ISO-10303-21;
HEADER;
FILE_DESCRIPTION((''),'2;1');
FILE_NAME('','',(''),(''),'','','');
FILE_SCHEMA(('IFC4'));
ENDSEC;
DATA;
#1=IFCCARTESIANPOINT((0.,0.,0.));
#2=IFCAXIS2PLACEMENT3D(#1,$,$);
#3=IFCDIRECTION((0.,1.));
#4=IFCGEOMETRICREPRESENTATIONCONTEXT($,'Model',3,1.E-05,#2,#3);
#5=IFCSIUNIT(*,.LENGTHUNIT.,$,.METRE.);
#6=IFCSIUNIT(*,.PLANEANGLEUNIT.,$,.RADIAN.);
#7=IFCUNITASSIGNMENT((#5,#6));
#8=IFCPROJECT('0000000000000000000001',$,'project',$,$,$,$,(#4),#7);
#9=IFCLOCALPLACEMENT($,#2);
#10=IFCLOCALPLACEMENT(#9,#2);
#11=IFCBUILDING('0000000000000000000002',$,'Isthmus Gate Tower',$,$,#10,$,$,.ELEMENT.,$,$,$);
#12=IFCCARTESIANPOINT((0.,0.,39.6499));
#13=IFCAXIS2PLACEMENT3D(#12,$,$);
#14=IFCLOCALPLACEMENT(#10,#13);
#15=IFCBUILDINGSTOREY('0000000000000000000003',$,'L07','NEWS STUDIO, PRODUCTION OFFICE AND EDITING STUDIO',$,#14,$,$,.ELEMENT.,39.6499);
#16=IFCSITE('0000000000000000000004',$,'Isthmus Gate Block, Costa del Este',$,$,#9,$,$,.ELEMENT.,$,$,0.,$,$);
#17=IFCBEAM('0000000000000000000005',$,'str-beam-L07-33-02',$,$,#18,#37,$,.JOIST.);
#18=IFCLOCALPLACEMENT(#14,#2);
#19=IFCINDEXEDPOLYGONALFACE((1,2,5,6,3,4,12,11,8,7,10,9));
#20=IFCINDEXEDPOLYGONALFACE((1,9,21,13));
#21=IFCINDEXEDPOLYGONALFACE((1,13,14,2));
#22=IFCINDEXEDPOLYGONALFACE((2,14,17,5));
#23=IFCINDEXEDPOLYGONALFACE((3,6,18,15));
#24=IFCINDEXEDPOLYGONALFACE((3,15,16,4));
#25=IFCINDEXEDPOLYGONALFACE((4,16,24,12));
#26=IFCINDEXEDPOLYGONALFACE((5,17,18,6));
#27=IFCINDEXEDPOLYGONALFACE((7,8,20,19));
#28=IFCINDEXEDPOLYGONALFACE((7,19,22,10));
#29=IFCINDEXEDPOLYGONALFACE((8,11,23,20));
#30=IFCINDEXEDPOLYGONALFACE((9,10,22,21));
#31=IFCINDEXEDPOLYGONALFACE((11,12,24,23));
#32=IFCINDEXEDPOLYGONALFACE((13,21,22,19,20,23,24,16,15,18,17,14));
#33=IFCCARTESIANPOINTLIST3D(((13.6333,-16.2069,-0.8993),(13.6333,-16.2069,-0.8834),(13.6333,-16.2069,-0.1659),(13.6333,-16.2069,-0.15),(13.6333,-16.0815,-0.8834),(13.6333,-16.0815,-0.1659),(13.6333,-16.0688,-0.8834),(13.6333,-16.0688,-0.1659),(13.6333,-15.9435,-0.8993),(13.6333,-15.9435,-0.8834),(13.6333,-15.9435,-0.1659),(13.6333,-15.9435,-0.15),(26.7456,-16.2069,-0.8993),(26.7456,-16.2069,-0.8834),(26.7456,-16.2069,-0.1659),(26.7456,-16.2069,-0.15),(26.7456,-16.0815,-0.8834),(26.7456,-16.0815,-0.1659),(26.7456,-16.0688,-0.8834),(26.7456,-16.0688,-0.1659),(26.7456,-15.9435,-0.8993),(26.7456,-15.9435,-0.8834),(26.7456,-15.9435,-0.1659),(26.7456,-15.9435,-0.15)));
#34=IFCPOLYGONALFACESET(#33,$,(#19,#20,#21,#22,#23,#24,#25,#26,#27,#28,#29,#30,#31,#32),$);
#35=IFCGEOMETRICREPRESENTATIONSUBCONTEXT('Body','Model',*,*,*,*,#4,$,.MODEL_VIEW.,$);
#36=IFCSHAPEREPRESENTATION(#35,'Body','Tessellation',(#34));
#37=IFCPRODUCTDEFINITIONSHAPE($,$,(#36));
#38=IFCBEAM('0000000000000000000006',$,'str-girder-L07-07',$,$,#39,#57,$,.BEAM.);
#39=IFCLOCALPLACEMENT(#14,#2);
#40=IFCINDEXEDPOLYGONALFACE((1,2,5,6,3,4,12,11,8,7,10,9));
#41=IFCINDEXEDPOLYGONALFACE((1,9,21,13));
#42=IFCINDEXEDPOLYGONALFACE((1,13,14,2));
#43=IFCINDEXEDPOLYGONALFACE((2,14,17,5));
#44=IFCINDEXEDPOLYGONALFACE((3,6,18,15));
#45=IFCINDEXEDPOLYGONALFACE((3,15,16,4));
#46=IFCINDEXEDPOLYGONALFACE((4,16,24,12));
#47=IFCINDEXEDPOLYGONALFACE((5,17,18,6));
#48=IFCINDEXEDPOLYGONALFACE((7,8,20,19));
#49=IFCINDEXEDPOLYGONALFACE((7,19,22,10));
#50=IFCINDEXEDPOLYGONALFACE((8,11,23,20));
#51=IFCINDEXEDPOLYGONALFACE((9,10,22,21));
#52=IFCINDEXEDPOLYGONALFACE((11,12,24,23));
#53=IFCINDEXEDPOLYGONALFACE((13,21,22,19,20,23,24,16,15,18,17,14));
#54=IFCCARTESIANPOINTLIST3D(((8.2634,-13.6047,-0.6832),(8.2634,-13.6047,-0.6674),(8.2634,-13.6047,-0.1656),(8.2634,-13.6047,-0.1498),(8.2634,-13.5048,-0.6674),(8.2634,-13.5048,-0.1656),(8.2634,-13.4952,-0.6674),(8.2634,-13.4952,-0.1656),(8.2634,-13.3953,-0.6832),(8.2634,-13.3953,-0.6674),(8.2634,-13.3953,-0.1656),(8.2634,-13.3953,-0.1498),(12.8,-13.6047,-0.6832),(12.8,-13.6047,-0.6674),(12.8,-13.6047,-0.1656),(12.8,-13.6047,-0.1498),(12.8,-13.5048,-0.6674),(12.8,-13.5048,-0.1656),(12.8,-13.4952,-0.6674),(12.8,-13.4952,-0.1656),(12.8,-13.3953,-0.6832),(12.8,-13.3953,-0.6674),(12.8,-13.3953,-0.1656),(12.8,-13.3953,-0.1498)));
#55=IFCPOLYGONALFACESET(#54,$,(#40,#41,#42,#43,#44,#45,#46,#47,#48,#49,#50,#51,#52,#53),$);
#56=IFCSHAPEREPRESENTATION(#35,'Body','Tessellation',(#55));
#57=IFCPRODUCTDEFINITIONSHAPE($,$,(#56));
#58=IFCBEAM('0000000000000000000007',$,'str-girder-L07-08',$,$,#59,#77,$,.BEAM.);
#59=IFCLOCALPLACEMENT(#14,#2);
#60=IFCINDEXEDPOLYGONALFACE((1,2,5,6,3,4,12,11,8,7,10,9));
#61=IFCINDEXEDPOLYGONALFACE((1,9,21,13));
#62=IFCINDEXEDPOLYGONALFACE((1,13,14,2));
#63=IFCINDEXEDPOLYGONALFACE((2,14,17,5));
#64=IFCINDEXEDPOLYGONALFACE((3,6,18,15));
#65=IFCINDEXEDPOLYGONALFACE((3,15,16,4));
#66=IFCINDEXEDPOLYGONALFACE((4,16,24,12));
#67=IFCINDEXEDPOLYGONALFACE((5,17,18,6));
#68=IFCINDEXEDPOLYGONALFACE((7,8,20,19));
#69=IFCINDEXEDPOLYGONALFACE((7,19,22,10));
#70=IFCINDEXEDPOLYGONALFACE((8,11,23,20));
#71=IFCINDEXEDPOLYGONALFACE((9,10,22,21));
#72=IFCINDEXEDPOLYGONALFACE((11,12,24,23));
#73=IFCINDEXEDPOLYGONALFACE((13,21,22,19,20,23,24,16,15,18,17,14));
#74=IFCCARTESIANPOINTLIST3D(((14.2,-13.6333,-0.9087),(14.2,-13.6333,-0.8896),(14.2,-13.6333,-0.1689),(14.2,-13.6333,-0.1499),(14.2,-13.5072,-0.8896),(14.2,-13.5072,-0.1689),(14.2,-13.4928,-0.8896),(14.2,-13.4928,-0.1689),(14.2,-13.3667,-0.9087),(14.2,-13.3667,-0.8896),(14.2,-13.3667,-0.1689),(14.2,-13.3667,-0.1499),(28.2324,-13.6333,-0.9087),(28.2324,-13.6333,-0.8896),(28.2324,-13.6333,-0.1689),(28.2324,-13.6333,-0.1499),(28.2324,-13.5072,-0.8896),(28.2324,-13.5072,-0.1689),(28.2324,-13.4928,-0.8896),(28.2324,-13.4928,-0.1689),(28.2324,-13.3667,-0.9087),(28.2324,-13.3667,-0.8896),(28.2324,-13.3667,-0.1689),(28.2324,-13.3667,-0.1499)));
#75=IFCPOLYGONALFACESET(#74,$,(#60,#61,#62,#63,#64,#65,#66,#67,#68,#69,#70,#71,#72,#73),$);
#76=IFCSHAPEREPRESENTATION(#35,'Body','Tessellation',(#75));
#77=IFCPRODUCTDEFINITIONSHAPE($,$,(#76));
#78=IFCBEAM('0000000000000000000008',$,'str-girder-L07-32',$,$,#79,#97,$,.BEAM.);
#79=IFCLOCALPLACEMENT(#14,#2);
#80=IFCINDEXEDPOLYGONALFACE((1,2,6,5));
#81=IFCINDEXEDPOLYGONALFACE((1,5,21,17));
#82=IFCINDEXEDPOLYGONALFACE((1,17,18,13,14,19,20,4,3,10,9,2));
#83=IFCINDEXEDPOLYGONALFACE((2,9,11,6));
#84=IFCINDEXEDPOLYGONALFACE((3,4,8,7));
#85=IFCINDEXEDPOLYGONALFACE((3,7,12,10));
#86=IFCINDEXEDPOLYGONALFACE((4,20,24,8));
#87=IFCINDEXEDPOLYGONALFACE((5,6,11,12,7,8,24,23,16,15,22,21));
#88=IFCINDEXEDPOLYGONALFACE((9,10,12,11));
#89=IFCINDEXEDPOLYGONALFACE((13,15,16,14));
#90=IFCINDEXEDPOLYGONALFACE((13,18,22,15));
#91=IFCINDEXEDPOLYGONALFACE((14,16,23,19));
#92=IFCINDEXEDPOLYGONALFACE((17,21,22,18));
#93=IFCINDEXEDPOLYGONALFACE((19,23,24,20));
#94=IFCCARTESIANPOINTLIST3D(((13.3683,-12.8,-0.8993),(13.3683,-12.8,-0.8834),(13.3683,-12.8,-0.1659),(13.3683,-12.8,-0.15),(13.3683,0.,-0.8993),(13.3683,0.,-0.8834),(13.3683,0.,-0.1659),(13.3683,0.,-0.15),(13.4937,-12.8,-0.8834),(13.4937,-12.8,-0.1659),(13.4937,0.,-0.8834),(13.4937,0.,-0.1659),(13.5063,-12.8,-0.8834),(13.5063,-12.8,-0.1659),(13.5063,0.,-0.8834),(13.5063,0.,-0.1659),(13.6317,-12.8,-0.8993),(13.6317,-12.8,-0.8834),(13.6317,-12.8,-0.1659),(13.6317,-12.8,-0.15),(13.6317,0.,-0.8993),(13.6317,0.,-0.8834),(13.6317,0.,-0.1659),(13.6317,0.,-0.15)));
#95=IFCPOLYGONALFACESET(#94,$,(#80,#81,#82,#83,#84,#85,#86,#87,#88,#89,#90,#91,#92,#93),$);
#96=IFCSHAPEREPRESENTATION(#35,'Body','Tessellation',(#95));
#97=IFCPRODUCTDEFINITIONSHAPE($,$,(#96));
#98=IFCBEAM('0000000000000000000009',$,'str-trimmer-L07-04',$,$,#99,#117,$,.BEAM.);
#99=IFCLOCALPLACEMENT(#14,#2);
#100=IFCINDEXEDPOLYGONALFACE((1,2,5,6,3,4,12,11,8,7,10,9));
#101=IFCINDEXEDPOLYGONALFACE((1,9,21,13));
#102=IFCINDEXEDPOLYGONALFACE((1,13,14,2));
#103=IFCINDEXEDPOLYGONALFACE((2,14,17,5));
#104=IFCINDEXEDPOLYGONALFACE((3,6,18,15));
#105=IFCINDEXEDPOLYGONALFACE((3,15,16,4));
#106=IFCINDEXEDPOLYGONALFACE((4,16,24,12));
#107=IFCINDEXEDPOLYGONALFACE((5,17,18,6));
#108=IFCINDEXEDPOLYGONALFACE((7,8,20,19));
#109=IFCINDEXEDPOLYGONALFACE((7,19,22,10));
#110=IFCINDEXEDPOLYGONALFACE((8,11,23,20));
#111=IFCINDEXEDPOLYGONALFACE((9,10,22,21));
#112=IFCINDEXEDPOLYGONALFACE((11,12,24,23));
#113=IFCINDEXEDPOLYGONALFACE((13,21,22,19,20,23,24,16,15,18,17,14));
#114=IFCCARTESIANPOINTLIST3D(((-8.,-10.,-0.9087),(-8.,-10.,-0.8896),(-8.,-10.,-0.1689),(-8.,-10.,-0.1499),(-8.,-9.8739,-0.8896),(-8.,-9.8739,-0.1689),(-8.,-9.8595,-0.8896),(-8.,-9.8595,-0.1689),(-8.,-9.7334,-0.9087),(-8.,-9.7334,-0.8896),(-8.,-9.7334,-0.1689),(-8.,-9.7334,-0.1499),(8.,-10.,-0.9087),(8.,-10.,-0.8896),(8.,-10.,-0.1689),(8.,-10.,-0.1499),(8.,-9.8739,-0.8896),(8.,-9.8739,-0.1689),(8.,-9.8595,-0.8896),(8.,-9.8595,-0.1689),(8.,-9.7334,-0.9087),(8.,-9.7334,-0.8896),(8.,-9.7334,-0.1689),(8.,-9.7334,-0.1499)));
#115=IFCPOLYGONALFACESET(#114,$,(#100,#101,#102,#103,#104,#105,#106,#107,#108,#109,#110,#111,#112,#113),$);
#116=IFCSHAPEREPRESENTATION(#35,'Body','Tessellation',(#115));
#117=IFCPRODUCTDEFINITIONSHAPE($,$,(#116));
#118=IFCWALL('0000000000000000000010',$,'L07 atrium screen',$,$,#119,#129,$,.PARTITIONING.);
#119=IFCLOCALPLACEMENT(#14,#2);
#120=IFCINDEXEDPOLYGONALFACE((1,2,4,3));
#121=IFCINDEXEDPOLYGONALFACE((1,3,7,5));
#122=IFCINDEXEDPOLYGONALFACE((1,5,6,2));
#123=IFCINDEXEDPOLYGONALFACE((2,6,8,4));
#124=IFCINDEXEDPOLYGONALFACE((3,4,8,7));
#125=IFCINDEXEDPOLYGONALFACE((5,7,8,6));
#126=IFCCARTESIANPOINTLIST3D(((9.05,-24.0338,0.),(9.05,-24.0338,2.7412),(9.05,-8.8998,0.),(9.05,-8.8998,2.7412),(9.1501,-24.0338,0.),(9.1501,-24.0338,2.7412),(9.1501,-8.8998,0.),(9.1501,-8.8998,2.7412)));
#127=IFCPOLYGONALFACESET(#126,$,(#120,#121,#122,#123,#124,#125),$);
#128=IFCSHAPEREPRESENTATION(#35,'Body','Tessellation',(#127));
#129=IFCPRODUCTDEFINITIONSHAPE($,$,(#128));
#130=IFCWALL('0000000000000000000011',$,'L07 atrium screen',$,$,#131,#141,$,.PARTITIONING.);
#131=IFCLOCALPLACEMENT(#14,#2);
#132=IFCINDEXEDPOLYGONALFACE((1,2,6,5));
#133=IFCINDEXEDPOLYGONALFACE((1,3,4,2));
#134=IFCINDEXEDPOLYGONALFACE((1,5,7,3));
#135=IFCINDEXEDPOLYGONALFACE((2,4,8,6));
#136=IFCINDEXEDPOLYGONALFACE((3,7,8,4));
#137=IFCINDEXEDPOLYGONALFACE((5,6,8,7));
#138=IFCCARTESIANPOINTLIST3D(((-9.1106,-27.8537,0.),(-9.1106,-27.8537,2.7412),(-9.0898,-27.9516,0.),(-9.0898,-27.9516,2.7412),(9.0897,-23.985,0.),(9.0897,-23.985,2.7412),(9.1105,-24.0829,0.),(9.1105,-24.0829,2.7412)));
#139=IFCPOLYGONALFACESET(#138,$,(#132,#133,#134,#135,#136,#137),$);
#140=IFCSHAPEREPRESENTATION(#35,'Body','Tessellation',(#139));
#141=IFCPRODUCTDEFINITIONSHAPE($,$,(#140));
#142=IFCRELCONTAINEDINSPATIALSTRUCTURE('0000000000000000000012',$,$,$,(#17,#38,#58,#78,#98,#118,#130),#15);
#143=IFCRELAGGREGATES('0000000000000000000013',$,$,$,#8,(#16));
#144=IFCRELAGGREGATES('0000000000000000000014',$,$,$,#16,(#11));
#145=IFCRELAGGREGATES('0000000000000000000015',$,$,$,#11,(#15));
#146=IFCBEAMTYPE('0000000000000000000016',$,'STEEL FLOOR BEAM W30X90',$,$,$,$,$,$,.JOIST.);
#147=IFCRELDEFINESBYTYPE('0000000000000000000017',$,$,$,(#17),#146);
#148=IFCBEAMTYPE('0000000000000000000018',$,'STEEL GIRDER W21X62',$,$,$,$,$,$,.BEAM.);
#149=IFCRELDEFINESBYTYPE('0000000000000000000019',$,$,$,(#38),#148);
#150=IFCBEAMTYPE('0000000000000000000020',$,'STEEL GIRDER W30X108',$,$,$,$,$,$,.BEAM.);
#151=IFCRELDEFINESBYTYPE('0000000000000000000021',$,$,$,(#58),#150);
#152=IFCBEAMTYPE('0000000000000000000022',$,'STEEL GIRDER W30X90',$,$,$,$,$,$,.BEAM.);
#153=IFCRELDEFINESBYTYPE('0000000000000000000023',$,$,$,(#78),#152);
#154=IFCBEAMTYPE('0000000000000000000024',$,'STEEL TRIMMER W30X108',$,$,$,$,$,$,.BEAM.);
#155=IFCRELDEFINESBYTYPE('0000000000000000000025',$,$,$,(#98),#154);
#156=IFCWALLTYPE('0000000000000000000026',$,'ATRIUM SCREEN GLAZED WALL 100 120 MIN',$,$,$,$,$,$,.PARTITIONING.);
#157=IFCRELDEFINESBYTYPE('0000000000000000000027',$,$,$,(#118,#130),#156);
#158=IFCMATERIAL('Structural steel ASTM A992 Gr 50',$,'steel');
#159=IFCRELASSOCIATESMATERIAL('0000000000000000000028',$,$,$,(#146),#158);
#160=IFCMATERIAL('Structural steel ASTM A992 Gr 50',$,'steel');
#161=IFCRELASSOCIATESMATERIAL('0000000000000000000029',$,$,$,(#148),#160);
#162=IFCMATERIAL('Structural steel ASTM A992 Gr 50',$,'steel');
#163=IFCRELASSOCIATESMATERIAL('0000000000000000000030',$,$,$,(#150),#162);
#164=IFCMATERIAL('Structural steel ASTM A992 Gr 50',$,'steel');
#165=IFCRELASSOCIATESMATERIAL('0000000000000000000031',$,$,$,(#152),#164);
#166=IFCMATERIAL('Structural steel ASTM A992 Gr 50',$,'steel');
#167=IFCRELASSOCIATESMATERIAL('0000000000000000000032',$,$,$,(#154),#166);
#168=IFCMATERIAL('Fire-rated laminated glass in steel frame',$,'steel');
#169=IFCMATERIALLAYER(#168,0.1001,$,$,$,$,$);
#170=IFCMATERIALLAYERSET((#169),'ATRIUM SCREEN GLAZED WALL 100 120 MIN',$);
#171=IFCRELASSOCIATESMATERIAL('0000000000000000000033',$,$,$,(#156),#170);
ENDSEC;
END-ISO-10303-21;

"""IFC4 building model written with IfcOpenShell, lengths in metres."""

from ifc_helpers import new_model, si_unit, direction, frame, frame_2d, origin, origin_2d, place, context, subcontext, project, spatial, rectangle, i_section, extrude, material, layer, layer_set, material_profile, profile_set, type_object, element, save


model = new_model("IFC4")

# Units and contexts
model_context = context("Model", 3, precision=1e-05, world=origin(), true_north=direction((0.0, 1.0)))
body_context = subcontext(model_context, "Body", "Model", "MODEL_VIEW")
ifc_project = project(units=[si_unit("LENGTHUNIT", "METRE"), si_unit("PLANEANGLEUNIT", "RADIAN")], contexts=[model_context])

# Site, building, storey
site_placement = place(None, origin())
site = spatial("IfcSite", under=ifc_project, at=site_placement, Name="Isthmus Gate Block, Costa del Este", CompositionType="ELEMENT", RefElevation=0.0)
building_placement = place(site_placement, origin())
building = spatial("IfcBuilding", under=site, at=building_placement, Name="Isthmus Gate Tower", CompositionType="ELEMENT")
storey_placement = place(building_placement, frame((0.0, 0.0, 39.6499)))
storey = spatial("IfcBuildingStorey", under=building, at=storey_placement, Name="L07", Description="NEWS STUDIO, PRODUCTION OFFICE AND EDITING STUDIO", CompositionType="ELEMENT", Elevation=39.6499)

# Beams
ifc_material_1 = material(Name="Structural steel ASTM A992 Gr 50", Category="steel")
ifc_material_profile_1 = material_profile(ifc_material_1, i_section(OverallWidth=0.2634, OverallDepth=0.7493, WebThickness=0.0127, FlangeThickness=0.0159, at=origin_2d()), Name="W30X90")
ifc_profile_set_1 = profile_set([ifc_material_profile_1], Name="Structural steel ASTM A992 Gr 50")
beam_type_1 = type_object("IfcBeamType", Name="STEEL FLOOR BEAM W30X90", PredefinedType="JOIST", material=ifc_profile_set_1)
beam_1_placement = place(storey_placement, frame((13.6333, -16.0752, -0.5247), z_axis=(1.0, 0.0, 0.0), x_axis=(0.0, 1.0, 0.0)))
element("IfcBeam", 1, at=beam_1_placement, inside=storey, type_object=beam_type_1, Name="str-beam-L07-33-02", PredefinedType="JOIST", context=body_context, shape_type="SweptSolid", body=[
    extrude(i_section(OverallWidth=0.2634, OverallDepth=0.7493, WebThickness=0.0127, FlangeThickness=0.0159, at=origin_2d()), origin(), (0.0, 0.0, 1.0), 13.1123),
])
ifc_material_2 = material(Name="Structural steel ASTM A992 Gr 50", Category="steel")
ifc_material_profile_2 = material_profile(ifc_material_2, i_section(OverallWidth=0.2095, OverallDepth=0.5334, WebThickness=0.0095, FlangeThickness=0.0159, at=origin_2d()), Name="W21X62")
ifc_profile_set_2 = profile_set([ifc_material_profile_2], Name="Structural steel ASTM A992 Gr 50")
beam_type_2 = type_object("IfcBeamType", Name="STEEL GIRDER W21X62", PredefinedType="BEAM", material=ifc_profile_set_2)
beam_2_placement = place(storey_placement, frame((8.2634, -13.5, -0.4165), z_axis=(1.0, 0.0, 0.0), x_axis=(0.0, 1.0, 0.0)))
element("IfcBeam", 2, at=beam_2_placement, inside=storey, type_object=beam_type_2, Name="str-girder-L07-07", PredefinedType="BEAM", context=body_context, shape_type="SweptSolid", body=[
    extrude(i_section(OverallWidth=0.2095, OverallDepth=0.5334, WebThickness=0.0095, FlangeThickness=0.0159, at=origin_2d()), origin(), (0.0, 0.0, 1.0), 4.5366),
])
ifc_material_3 = material(Name="Structural steel ASTM A992 Gr 50", Category="steel")
ifc_material_profile_3 = material_profile(ifc_material_3, i_section(OverallWidth=0.2666, OverallDepth=0.7588, WebThickness=0.0144, FlangeThickness=0.019, at=origin_2d()), Name="W30X108")
ifc_profile_set_3 = profile_set([ifc_material_profile_3], Name="Structural steel ASTM A992 Gr 50")
beam_type_3 = type_object("IfcBeamType", Name="STEEL GIRDER W30X108", PredefinedType="BEAM", material=ifc_profile_set_3)
beam_3_placement = place(storey_placement, frame((14.2, -13.5, -0.5293), z_axis=(1.0, 0.0, 0.0), x_axis=(0.0, 1.0, 0.0)))
element("IfcBeam", 3, at=beam_3_placement, inside=storey, type_object=beam_type_3, Name="str-girder-L07-08", PredefinedType="BEAM", context=body_context, shape_type="SweptSolid", body=[
    extrude(i_section(OverallWidth=0.2666, OverallDepth=0.7588, WebThickness=0.0144, FlangeThickness=0.019, at=origin_2d()), origin(), (0.0, 0.0, 1.0), 14.0325),
])
ifc_material_4 = material(Name="Structural steel ASTM A992 Gr 50", Category="steel")
ifc_material_profile_4 = material_profile(ifc_material_4, i_section(OverallWidth=0.2634, OverallDepth=0.7493, WebThickness=0.0127, FlangeThickness=0.0159, at=origin_2d()), Name="W30X90")
ifc_profile_set_4 = profile_set([ifc_material_profile_4], Name="Structural steel ASTM A992 Gr 50")
beam_type_4 = type_object("IfcBeamType", Name="STEEL GIRDER W30X90", PredefinedType="BEAM", material=ifc_profile_set_4)
beam_4_placement = place(storey_placement, frame((13.5, -12.8, -0.5247), z_axis=(0.0, 1.0, 0.0), x_axis=(-1.0, 0.0, 0.0)))
element("IfcBeam", 4, at=beam_4_placement, inside=storey, type_object=beam_type_4, Name="str-girder-L07-32", PredefinedType="BEAM", context=body_context, shape_type="SweptSolid", body=[
    extrude(i_section(OverallWidth=0.2634, OverallDepth=0.7493, WebThickness=0.0127, FlangeThickness=0.0159, at=origin_2d()), origin(), (0.0, 0.0, 1.0), 12.8),
])
ifc_material_5 = material(Name="Structural steel ASTM A992 Gr 50", Category="steel")
ifc_material_profile_5 = material_profile(ifc_material_5, i_section(OverallWidth=0.2666, OverallDepth=0.7588, WebThickness=0.0144, FlangeThickness=0.019, at=origin_2d()), Name="W30X108")
ifc_profile_set_5 = profile_set([ifc_material_profile_5], Name="Structural steel ASTM A992 Gr 50")
beam_type_5 = type_object("IfcBeamType", Name="STEEL TRIMMER W30X108", PredefinedType="BEAM", material=ifc_profile_set_5)
beam_5_placement = place(storey_placement, frame((8.0, -9.8667, -0.5293), z_axis=(-1.0, 0.0, 0.0), x_axis=(0.0, -1.0, 0.0)))
element("IfcBeam", 5, at=beam_5_placement, inside=storey, type_object=beam_type_5, Name="str-trimmer-L07-04", PredefinedType="BEAM", context=body_context, shape_type="SweptSolid", body=[
    extrude(i_section(OverallWidth=0.2666, OverallDepth=0.7588, WebThickness=0.0144, FlangeThickness=0.019, at=origin_2d()), origin(), (0.0, 0.0, 1.0), 16.0),
])

# Walls
ifc_material_6 = material(Name="Fire-rated laminated glass in steel frame", Category="steel")
ifc_layer = layer(ifc_material_6, 0.1001)
ifc_layer_set = layer_set([ifc_layer], Name="ATRIUM SCREEN GLAZED WALL 100 120 MIN")
wall_type = type_object("IfcWallType", Name="ATRIUM SCREEN GLAZED WALL 100 120 MIN", PredefinedType="PARTITIONING", material=ifc_layer_set)
wall_1_placement = place(storey_placement, frame((9.1001, -8.8999, 0.0), z_axis=(0.0, 0.0, 1.0), x_axis=(0.0, -1.0, 0.0)))
element("IfcWall", 6, at=wall_1_placement, inside=storey, type_object=wall_type, Name="L07 atrium screen", PredefinedType="PARTITIONING", context=body_context, shape_type="SweptSolid", body=[
    extrude(rectangle(XDim=15.134, YDim=0.1001, at=frame_2d((7.5669, 0.0))), origin(), (0.0, 0.0, 1.0), 2.7412),
])
wall_2_placement = place(storey_placement, frame((9.1001, -24.0339, 0.0), z_axis=(0.0, 0.0, 1.0), x_axis=(-0.978147, -0.207916, 0.0)))
element("IfcWall", 7, at=wall_2_placement, inside=storey, type_object=wall_type, Name="L07 atrium screen", PredefinedType="PARTITIONING", context=body_context, shape_type="SweptSolid", body=[
    extrude(rectangle(XDim=18.6069, YDim=0.1001, at=frame_2d((9.3035, 0.0))), origin(), (0.0, 0.0, 1.0), 2.7412),
])

save(model, "model.ifc")
